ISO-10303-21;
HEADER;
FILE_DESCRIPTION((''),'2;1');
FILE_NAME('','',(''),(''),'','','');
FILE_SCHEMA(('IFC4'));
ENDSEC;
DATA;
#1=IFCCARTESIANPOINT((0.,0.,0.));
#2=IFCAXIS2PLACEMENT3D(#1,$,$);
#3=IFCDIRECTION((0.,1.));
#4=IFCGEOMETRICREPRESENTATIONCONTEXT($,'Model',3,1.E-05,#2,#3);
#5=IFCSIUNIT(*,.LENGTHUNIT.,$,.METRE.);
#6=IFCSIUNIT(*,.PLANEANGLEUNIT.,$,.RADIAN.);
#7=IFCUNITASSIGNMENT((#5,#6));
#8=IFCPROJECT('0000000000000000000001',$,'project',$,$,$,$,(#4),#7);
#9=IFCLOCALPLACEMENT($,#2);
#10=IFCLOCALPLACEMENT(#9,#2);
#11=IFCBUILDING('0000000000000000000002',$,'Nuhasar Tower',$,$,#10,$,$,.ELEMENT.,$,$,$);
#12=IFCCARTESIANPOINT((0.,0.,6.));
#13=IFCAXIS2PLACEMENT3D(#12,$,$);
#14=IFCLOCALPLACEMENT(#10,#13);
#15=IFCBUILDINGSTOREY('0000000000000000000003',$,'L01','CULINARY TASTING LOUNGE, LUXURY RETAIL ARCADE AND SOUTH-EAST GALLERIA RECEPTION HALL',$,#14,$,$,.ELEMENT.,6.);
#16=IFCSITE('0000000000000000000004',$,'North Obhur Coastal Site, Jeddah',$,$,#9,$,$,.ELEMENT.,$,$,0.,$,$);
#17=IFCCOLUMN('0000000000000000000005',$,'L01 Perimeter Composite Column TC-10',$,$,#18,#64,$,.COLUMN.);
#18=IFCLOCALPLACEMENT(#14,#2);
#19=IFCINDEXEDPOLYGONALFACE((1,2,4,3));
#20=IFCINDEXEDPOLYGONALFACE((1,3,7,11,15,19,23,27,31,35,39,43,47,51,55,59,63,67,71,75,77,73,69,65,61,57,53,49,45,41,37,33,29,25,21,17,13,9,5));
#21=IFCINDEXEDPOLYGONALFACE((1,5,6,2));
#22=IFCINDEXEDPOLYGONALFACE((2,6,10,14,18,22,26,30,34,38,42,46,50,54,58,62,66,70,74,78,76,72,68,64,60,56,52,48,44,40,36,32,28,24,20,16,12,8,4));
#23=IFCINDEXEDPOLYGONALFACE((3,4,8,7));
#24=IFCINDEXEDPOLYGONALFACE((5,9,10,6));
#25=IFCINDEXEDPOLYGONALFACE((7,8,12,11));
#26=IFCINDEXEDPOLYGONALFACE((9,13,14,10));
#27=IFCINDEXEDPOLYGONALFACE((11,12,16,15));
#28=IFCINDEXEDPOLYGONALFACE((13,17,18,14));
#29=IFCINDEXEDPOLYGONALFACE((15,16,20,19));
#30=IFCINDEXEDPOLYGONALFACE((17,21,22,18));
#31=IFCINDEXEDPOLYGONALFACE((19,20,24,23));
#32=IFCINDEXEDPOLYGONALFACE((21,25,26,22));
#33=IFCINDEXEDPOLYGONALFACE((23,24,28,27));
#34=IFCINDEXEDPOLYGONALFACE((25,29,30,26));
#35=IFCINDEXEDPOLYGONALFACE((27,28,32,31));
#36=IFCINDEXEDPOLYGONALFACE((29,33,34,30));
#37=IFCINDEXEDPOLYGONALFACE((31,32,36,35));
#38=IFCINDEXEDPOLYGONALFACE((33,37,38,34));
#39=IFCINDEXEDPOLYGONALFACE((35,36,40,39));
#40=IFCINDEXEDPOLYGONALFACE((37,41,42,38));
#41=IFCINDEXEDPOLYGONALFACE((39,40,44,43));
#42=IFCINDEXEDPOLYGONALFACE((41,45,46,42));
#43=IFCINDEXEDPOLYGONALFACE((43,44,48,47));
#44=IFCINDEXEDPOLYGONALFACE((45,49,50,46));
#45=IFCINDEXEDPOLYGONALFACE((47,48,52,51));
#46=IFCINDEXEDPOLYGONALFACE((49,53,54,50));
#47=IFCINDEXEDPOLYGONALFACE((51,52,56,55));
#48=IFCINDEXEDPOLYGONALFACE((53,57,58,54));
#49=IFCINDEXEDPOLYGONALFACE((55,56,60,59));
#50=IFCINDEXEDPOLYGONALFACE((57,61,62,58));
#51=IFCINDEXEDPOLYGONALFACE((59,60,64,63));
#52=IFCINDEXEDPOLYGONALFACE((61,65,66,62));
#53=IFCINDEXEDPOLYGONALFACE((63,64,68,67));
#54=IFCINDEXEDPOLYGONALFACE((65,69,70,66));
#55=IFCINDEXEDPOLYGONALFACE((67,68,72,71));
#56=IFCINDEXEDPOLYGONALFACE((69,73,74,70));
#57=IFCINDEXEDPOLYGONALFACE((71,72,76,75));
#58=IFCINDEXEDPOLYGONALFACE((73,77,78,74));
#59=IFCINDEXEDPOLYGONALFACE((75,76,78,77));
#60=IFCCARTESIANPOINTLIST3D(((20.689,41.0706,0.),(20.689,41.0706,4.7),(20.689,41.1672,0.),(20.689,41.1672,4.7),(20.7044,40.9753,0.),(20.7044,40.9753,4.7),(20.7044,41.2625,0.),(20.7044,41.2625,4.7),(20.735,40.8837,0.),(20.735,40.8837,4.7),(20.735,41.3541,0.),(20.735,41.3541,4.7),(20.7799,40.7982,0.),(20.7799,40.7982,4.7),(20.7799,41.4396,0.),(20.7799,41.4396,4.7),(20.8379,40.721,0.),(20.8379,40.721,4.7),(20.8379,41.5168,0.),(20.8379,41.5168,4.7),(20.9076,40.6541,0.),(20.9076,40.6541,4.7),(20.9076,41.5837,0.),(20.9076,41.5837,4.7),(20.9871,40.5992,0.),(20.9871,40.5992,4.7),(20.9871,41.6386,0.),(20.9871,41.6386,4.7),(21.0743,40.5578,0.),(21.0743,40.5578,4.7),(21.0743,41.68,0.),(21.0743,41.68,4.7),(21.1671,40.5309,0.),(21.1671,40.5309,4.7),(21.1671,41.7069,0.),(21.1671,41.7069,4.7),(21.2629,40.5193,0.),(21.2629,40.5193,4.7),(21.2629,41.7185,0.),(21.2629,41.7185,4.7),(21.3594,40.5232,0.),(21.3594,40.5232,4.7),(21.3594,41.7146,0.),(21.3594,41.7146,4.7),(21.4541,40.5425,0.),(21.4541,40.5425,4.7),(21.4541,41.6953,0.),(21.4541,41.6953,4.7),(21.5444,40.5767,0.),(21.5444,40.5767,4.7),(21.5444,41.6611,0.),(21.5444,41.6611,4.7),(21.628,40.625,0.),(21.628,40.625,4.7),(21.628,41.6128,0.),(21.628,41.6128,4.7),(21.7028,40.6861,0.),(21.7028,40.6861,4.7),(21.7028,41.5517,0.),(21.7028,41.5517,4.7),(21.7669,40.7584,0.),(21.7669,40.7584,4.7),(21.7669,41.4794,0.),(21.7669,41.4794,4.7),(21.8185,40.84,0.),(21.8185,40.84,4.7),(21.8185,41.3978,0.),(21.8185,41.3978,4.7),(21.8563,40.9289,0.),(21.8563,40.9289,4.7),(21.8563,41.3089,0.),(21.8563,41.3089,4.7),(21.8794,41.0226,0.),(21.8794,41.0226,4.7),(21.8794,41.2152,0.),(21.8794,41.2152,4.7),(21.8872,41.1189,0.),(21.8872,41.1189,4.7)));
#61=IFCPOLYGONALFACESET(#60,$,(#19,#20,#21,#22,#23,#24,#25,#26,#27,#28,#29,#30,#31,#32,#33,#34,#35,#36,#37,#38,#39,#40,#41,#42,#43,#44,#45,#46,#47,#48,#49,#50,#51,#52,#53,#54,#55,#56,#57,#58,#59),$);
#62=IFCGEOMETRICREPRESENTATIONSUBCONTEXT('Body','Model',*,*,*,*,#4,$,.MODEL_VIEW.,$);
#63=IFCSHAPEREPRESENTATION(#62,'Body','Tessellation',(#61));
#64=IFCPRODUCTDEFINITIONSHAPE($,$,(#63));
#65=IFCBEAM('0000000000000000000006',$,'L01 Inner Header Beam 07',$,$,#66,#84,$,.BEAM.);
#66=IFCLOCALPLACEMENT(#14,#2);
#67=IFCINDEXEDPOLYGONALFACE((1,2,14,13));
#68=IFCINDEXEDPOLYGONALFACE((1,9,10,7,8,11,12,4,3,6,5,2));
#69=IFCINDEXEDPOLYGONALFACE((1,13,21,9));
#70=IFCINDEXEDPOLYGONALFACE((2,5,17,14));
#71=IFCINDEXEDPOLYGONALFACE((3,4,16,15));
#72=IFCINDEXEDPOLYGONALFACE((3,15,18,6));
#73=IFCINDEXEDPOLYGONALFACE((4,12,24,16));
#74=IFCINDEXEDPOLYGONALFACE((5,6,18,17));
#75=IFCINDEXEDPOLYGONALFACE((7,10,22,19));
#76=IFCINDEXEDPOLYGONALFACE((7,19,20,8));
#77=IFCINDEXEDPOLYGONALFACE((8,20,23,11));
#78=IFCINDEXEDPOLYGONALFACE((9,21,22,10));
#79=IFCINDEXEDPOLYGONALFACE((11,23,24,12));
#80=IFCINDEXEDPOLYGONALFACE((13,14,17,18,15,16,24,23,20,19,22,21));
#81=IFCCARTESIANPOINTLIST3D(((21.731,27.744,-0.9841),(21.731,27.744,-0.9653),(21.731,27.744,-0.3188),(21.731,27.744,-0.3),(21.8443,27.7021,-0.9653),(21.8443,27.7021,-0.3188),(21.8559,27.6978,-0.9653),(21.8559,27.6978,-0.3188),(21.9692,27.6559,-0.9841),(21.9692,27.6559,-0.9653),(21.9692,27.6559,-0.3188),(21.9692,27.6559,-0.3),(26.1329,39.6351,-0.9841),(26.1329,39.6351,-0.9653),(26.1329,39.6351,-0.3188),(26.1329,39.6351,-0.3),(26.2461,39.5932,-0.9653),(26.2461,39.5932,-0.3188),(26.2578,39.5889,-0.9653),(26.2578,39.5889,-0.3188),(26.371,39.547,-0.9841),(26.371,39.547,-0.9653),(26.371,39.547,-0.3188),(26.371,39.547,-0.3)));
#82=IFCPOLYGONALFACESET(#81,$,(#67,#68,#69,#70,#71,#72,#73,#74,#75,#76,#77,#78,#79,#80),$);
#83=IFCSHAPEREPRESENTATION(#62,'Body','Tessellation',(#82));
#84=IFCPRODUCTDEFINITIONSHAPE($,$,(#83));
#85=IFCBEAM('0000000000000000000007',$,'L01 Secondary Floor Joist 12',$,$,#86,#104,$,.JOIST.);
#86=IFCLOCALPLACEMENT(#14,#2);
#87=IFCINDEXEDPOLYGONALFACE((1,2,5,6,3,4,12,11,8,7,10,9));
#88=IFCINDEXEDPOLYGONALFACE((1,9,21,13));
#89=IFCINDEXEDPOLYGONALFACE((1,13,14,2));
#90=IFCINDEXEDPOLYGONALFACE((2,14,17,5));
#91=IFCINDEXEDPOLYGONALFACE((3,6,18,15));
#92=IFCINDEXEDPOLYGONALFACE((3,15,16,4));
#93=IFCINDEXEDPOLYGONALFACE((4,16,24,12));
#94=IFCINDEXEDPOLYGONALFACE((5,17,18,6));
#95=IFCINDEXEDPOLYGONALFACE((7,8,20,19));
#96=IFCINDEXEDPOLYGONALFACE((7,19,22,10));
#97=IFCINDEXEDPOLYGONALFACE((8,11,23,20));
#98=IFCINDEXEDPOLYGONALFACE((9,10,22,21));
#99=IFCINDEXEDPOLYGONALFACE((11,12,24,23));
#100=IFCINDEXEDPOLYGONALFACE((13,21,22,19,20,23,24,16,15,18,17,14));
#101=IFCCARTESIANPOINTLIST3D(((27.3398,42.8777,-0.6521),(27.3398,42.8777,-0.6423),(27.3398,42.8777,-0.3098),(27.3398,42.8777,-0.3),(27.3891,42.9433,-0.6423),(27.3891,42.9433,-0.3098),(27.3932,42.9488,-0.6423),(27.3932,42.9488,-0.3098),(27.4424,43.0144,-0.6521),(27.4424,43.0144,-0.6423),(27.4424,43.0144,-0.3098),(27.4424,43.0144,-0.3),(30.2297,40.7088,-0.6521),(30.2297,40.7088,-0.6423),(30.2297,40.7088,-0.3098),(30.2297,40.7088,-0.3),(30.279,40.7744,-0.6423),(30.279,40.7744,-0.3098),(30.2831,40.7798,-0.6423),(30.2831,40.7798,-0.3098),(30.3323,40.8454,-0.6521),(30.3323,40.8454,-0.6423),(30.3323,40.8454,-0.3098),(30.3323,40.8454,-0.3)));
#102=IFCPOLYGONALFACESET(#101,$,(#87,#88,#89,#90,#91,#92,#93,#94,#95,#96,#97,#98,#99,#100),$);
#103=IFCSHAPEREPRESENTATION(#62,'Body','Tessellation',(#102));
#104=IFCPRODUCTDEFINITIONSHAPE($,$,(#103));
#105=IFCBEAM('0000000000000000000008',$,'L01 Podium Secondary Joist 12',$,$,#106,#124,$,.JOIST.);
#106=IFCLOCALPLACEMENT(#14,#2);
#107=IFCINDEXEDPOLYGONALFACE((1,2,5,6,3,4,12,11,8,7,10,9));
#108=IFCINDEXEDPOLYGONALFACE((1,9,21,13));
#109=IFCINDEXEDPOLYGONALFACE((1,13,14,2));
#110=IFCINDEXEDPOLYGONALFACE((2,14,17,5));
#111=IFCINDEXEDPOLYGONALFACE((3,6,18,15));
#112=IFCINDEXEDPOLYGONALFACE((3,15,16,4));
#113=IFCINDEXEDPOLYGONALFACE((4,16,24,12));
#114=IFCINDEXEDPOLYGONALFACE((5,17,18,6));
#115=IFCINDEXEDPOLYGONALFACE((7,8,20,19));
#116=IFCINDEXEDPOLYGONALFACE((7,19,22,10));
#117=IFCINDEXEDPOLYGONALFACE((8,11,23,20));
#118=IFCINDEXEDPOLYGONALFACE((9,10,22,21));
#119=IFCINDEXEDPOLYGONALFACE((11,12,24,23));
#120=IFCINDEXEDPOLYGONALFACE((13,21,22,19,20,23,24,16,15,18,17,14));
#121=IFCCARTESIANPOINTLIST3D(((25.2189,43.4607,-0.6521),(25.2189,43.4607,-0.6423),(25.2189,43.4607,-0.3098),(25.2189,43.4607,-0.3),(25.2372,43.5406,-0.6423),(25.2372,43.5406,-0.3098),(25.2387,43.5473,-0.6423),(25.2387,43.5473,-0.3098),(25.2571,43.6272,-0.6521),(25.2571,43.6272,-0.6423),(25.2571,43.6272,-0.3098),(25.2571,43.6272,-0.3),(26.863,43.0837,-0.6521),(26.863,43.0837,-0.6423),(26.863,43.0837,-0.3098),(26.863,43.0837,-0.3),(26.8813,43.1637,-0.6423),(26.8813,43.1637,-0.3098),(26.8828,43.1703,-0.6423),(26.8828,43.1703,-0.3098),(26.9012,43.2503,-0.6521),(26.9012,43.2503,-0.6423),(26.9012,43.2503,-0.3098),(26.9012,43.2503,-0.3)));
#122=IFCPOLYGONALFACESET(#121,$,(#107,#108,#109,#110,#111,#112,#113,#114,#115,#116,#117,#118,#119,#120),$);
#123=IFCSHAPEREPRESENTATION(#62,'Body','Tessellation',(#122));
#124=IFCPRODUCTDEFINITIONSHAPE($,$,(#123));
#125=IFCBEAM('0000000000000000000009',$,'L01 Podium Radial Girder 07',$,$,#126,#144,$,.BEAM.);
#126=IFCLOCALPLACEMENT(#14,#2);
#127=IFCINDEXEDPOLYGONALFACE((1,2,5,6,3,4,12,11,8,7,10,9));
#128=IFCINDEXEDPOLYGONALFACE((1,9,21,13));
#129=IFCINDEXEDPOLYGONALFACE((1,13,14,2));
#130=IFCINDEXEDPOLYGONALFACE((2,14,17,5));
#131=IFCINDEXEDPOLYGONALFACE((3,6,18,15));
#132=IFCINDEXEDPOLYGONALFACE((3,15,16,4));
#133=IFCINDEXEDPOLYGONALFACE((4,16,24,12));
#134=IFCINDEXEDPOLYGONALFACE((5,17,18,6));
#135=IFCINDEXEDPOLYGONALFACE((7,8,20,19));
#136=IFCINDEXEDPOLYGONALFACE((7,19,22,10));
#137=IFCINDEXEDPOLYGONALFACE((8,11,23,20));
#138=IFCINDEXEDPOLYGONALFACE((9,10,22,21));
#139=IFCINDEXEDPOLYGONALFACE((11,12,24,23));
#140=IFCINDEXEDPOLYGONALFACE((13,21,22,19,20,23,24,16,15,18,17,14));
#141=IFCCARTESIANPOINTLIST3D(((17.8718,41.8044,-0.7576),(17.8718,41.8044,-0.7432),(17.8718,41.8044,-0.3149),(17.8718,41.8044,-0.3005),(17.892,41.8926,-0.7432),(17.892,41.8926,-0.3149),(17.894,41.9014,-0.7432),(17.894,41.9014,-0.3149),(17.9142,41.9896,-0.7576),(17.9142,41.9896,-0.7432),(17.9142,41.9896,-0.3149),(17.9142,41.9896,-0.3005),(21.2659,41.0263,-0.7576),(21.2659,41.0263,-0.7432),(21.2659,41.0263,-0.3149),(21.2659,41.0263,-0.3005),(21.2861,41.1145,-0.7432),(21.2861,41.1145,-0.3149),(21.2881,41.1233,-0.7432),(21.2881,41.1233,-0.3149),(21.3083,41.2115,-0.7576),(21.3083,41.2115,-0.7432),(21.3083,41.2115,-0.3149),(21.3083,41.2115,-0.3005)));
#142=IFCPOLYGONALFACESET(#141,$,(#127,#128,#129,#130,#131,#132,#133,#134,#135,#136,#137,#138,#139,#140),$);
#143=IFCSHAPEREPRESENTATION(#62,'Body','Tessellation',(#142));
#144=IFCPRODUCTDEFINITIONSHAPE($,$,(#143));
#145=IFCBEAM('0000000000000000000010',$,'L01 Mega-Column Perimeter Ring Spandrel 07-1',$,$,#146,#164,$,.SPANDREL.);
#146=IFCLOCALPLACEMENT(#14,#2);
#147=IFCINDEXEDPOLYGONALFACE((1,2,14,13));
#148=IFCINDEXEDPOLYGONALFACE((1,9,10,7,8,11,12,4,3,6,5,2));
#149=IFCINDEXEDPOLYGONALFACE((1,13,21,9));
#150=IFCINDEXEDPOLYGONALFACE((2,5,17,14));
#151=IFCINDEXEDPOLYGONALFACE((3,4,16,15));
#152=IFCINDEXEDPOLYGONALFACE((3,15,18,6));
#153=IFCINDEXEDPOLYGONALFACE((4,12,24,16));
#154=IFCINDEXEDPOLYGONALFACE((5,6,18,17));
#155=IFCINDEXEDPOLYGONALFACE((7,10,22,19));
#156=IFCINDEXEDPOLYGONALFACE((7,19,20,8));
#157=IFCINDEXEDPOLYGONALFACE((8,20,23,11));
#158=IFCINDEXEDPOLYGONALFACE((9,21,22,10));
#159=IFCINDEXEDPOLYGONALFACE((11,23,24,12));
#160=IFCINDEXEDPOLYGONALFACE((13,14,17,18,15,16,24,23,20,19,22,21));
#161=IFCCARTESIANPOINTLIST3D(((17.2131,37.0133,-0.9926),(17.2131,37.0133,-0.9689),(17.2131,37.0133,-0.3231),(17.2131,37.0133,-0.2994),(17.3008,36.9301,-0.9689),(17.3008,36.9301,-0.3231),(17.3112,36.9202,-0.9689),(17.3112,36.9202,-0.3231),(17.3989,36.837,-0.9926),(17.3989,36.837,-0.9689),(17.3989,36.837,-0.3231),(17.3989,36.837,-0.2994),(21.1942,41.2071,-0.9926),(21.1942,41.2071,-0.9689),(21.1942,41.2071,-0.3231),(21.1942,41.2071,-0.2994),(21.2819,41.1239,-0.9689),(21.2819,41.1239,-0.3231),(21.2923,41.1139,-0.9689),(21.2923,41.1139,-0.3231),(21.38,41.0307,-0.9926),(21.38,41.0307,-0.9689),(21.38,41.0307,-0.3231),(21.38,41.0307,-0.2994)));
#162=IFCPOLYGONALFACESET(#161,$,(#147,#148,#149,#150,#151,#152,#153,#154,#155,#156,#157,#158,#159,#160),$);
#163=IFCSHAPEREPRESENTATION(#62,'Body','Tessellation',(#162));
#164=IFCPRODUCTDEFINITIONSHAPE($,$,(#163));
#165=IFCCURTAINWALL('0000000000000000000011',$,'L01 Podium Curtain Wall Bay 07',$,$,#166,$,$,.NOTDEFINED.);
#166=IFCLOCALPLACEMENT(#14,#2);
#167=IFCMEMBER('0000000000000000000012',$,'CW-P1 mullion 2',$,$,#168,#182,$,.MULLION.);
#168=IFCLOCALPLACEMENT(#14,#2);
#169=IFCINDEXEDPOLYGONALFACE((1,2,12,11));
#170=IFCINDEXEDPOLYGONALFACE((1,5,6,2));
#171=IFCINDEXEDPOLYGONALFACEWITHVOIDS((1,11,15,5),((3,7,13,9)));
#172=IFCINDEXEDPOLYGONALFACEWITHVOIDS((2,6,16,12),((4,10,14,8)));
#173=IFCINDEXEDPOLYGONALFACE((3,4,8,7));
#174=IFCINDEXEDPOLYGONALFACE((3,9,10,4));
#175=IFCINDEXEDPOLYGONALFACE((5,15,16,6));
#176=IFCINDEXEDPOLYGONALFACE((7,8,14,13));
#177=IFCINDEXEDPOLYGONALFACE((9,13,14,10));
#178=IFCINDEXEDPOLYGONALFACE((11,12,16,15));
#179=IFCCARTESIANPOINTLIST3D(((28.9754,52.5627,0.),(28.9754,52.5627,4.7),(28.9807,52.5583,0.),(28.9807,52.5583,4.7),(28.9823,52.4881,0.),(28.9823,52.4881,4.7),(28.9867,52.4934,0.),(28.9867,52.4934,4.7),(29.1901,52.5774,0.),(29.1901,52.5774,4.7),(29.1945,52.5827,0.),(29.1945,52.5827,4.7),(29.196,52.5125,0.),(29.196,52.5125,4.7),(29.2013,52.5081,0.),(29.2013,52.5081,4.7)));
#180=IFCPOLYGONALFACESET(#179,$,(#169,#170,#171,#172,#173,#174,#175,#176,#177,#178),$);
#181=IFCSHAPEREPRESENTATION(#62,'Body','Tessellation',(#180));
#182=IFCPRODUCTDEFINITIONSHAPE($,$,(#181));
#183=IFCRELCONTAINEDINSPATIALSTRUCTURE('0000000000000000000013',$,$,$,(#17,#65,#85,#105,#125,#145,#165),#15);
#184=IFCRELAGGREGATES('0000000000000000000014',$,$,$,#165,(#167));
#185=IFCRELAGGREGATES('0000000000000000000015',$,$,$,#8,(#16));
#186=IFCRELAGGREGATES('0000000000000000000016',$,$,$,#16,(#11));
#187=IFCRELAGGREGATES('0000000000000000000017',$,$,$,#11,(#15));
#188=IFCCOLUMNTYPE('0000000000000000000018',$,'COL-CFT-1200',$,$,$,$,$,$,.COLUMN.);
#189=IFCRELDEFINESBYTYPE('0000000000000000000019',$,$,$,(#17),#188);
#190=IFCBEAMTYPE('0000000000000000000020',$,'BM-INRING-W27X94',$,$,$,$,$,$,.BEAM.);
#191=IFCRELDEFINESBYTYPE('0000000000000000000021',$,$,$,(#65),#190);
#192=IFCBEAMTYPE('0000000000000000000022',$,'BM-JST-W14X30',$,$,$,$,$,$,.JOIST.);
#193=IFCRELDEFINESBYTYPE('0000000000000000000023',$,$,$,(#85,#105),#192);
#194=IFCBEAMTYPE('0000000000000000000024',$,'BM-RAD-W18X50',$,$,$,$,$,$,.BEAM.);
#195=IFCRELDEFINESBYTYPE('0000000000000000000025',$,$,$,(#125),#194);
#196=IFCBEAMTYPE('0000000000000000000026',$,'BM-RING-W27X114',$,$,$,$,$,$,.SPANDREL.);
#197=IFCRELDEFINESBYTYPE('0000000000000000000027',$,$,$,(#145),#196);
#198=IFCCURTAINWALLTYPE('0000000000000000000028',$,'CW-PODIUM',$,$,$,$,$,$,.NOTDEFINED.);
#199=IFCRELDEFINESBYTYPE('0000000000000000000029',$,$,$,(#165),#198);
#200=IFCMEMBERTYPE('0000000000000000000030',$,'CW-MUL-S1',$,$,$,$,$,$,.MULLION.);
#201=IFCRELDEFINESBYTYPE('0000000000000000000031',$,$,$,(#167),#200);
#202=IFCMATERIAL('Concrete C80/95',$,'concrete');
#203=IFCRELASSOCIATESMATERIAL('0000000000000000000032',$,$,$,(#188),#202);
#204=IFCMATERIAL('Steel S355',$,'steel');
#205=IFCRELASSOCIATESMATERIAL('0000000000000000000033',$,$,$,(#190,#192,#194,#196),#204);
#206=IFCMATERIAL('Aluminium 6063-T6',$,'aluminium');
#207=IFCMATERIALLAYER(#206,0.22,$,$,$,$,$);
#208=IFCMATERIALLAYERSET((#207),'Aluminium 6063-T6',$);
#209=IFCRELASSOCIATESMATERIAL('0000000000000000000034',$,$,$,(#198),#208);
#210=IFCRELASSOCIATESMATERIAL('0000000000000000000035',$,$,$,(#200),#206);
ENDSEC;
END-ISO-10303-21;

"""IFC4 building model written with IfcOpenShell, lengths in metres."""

from ifc_helpers import new_model, si_unit, direction, frame, origin, origin_2d, place, context, subcontext, project, spatial, hollow_rectangle, circle, i_section, extrude, material, layer, layer_set, material_profile, profile_set, type_object, element, aggregate, save


model = new_model("IFC4")

# Units and contexts
model_context = context("Model", 3, precision=1e-05, world=origin(), true_north=direction((0.0, 1.0)))
body_context = subcontext(model_context, "Body", "Model", "MODEL_VIEW")
ifc_project = project(units=[si_unit("LENGTHUNIT", "METRE"), si_unit("PLANEANGLEUNIT", "RADIAN")], contexts=[model_context])

# Site, building, storey
site_placement = place(None, origin())
site = spatial("IfcSite", under=ifc_project, at=site_placement, Name="North Obhur Coastal Site, Jeddah", CompositionType="ELEMENT", RefElevation=0.0)
building_placement = place(site_placement, origin())
building = spatial("IfcBuilding", under=site, at=building_placement, Name="Nuhasar Tower", CompositionType="ELEMENT")
storey_placement = place(building_placement, frame((0.0, 0.0, 6.0)))
storey = spatial("IfcBuildingStorey", under=building, at=storey_placement, Name="L01", Description="CULINARY TASTING LOUNGE, LUXURY RETAIL ARCADE AND SOUTH-EAST GALLERIA RECEPTION HALL", CompositionType="ELEMENT", Elevation=6.0)

# Column
ifc_material_1 = material(Name="Concrete C80/95", Category="concrete")
ifc_material_profile_1 = material_profile(ifc_material_1, circle(Radius=0.6001, at=origin_2d()), Name="CFT1200")
ifc_profile_set_1 = profile_set([ifc_material_profile_1], Name="Concrete C80/95")
column_type = type_object("IfcColumnType", Name="COL-CFT-1200", PredefinedType="COLUMN", material=ifc_profile_set_1)
column_placement = place(storey_placement, frame((21.2871, 41.1189, 0.0), z_axis=(0.0, 0.0, 1.0), x_axis=(1.0, 0.0, 0.0)))
element("IfcColumn", 1, at=column_placement, inside=storey, type_object=column_type, Name="L01 Perimeter Composite Column TC-10", PredefinedType="COLUMN", context=body_context, shape_type="SweptSolid", body=[
    extrude(circle(Radius=0.6001, at=origin_2d()), origin(), (0.0, 0.0, 1.0), 4.7),
])

# Beams
ifc_material_2 = material(Name="Steel S355", Category="steel")
ifc_material_profile_2 = material_profile(ifc_material_2, i_section(OverallWidth=0.2539, OverallDepth=0.6841, WebThickness=0.0125, FlangeThickness=0.0188, at=origin_2d()), Name="W27X94")
ifc_profile_set_2 = profile_set([ifc_material_profile_2], Name="Steel S355")
beam_type_1 = type_object("IfcBeamType", Name="BM-INRING-W27X94", PredefinedType="BEAM", material=ifc_profile_set_2)
beam_1_placement = place(storey_placement, frame((26.252, 39.5911, -0.6421), z_axis=(-0.347158, -0.937807, 0.0), x_axis=(0.937807, -0.347158, 0.0)))
element("IfcBeam", 2, at=beam_1_placement, inside=storey, type_object=beam_type_1, Name="L01 Inner Header Beam 07", PredefinedType="BEAM", context=body_context, shape_type="SweptSolid", body=[
    extrude(i_section(OverallWidth=0.2539, OverallDepth=0.6841, WebThickness=0.0125, FlangeThickness=0.0188, at=origin_2d()), origin(), (0.0, 0.0, 1.0), 12.6797),
])
ifc_material_profile_3 = material_profile(ifc_material_2, i_section(OverallWidth=0.1709, OverallDepth=0.3521, WebThickness=0.0068, FlangeThickness=0.0098, at=origin_2d()), Name="W14X30")
ifc_profile_set_3 = profile_set([ifc_material_profile_3], Name="Steel S355")
beam_type_2 = type_object("IfcBeamType", Name="BM-JST-W14X30", PredefinedType="JOIST", material=ifc_profile_set_3)
beam_2_placement = place(storey_placement, frame((30.281, 40.7771, -0.4761), z_axis=(-0.799797, 0.60027, 0.0), x_axis=(-0.60027, -0.799797, 0.0)))
element("IfcBeam", 3, at=beam_2_placement, inside=storey, type_object=beam_type_2, Name="L01 Secondary Floor Joist 12", PredefinedType="JOIST", context=body_context, shape_type="SweptSolid", body=[
    extrude(i_section(OverallWidth=0.1709, OverallDepth=0.3521, WebThickness=0.0068, FlangeThickness=0.0098, at=origin_2d()), origin(), (0.0, 0.0, 1.0), 3.6133),
])
beam_3_placement = place(storey_placement, frame((26.8821, 43.167, -0.4761), z_axis=(-0.974707, 0.223485, 0.0), x_axis=(-0.223485, -0.974707, 0.0)))
element("IfcBeam", 4, at=beam_3_placement, inside=storey, type_object=beam_type_2, Name="L01 Podium Secondary Joist 12", PredefinedType="JOIST", context=body_context, shape_type="SweptSolid", body=[
    extrude(i_section(OverallWidth=0.1709, OverallDepth=0.3521, WebThickness=0.0068, FlangeThickness=0.0098, at=origin_2d()), origin(), (0.0, 0.0, 1.0), 1.6868),
])
ifc_material_profile_4 = material_profile(ifc_material_2, i_section(OverallWidth=0.1899, OverallDepth=0.457, WebThickness=0.009, FlangeThickness=0.0144, at=origin_2d()), Name="W18X50")
ifc_profile_set_4 = profile_set([ifc_material_profile_4], Name="Steel S355")
beam_type_3 = type_object("IfcBeamType", Name="BM-RAD-W18X50", PredefinedType="BEAM", material=ifc_profile_set_4)
beam_4_placement = place(storey_placement, frame((21.2871, 41.1189, -0.5291), z_axis=(-0.974715, 0.223451, 0.0), x_axis=(-0.223451, -0.974715, 0.0)))
element("IfcBeam", 5, at=beam_4_placement, inside=storey, type_object=beam_type_3, Name="L01 Podium Radial Girder 07", PredefinedType="BEAM", context=body_context, shape_type="SweptSolid", body=[
    extrude(i_section(OverallWidth=0.1899, OverallDepth=0.457, WebThickness=0.009, FlangeThickness=0.0144, at=origin_2d()), origin(), (0.0, 0.0, 1.0), 3.4822),
])
ifc_material_profile_5 = material_profile(ifc_material_2, i_section(OverallWidth=0.2561, OverallDepth=0.6931, WebThickness=0.0144, FlangeThickness=0.0237, at=origin_2d()), Name="W27X114")
ifc_profile_set_5 = profile_set([ifc_material_profile_5], Name="Steel S355")
beam_type_4 = type_object("IfcBeamType", Name="BM-RING-W27X114", PredefinedType="SPANDREL", material=ifc_profile_set_5)
beam_5_placement = place(storey_placement, frame((21.2871, 41.1189, -0.646), z_axis=(-0.688481, -0.725254, 0.0), x_axis=(0.725254, -0.688481, 0.0)))
element("IfcBeam", 6, at=beam_5_placement, inside=storey, type_object=beam_type_4, Name="L01 Mega-Column Perimeter Ring Spandrel 07-1", PredefinedType="SPANDREL", context=body_context, shape_type="SweptSolid", body=[
    extrude(i_section(OverallWidth=0.2561, OverallDepth=0.6931, WebThickness=0.0144, FlangeThickness=0.0237, at=origin_2d()), origin(), (0.0, 0.0, 1.0), 5.7825),
])

# Curtain wall, member
ifc_material_3 = material(Name="Aluminium 6063-T6", Category="aluminium")
ifc_layer_1 = layer(ifc_material_3, 0.22)
ifc_layer_set_1 = layer_set([ifc_layer_1], Name="Aluminium 6063-T6")
curtain_wall_type = type_object("IfcCurtainWallType", Name="CW-PODIUM", PredefinedType="NOTDEFINED", material=ifc_layer_set_1)
curtain_wall_placement = place(storey_placement, origin())
curtain_wall = element("IfcCurtainWall", 7, at=curtain_wall_placement, inside=storey, type_object=curtain_wall_type, Name="L01 Podium Curtain Wall Bay 07", PredefinedType="NOTDEFINED")
ifc_material_profile_6 = material_profile(ifc_material_3, hollow_rectangle(XDim=0.075, YDim=0.22, WallThickness=0.0049, at=origin_2d()), Name="CWM-1")
ifc_profile_set_6 = profile_set([ifc_material_profile_6], Name="Aluminium 6063-T6")
member_type = type_object("IfcMemberType", Name="CW-MUL-S1", PredefinedType="MULLION", material=ifc_profile_set_6)
member_placement = place(storey_placement, frame((29.0884, 52.5354, 0.0), z_axis=(0.0, 0.0, 1.0), x_axis=(0.090888, -0.995861, 0.0)))
member = element("IfcMember", 8, at=member_placement, type_object=member_type, Name="CW-P1 mullion 2", PredefinedType="MULLION", context=body_context, shape_type="SweptSolid", body=[
    extrude(hollow_rectangle(XDim=0.075, YDim=0.22, WallThickness=0.0049, at=origin_2d()), origin(), (0.0, 0.0, 1.0), 4.7),
])
aggregate(curtain_wall, [member])

save(model, "model.ifc")
